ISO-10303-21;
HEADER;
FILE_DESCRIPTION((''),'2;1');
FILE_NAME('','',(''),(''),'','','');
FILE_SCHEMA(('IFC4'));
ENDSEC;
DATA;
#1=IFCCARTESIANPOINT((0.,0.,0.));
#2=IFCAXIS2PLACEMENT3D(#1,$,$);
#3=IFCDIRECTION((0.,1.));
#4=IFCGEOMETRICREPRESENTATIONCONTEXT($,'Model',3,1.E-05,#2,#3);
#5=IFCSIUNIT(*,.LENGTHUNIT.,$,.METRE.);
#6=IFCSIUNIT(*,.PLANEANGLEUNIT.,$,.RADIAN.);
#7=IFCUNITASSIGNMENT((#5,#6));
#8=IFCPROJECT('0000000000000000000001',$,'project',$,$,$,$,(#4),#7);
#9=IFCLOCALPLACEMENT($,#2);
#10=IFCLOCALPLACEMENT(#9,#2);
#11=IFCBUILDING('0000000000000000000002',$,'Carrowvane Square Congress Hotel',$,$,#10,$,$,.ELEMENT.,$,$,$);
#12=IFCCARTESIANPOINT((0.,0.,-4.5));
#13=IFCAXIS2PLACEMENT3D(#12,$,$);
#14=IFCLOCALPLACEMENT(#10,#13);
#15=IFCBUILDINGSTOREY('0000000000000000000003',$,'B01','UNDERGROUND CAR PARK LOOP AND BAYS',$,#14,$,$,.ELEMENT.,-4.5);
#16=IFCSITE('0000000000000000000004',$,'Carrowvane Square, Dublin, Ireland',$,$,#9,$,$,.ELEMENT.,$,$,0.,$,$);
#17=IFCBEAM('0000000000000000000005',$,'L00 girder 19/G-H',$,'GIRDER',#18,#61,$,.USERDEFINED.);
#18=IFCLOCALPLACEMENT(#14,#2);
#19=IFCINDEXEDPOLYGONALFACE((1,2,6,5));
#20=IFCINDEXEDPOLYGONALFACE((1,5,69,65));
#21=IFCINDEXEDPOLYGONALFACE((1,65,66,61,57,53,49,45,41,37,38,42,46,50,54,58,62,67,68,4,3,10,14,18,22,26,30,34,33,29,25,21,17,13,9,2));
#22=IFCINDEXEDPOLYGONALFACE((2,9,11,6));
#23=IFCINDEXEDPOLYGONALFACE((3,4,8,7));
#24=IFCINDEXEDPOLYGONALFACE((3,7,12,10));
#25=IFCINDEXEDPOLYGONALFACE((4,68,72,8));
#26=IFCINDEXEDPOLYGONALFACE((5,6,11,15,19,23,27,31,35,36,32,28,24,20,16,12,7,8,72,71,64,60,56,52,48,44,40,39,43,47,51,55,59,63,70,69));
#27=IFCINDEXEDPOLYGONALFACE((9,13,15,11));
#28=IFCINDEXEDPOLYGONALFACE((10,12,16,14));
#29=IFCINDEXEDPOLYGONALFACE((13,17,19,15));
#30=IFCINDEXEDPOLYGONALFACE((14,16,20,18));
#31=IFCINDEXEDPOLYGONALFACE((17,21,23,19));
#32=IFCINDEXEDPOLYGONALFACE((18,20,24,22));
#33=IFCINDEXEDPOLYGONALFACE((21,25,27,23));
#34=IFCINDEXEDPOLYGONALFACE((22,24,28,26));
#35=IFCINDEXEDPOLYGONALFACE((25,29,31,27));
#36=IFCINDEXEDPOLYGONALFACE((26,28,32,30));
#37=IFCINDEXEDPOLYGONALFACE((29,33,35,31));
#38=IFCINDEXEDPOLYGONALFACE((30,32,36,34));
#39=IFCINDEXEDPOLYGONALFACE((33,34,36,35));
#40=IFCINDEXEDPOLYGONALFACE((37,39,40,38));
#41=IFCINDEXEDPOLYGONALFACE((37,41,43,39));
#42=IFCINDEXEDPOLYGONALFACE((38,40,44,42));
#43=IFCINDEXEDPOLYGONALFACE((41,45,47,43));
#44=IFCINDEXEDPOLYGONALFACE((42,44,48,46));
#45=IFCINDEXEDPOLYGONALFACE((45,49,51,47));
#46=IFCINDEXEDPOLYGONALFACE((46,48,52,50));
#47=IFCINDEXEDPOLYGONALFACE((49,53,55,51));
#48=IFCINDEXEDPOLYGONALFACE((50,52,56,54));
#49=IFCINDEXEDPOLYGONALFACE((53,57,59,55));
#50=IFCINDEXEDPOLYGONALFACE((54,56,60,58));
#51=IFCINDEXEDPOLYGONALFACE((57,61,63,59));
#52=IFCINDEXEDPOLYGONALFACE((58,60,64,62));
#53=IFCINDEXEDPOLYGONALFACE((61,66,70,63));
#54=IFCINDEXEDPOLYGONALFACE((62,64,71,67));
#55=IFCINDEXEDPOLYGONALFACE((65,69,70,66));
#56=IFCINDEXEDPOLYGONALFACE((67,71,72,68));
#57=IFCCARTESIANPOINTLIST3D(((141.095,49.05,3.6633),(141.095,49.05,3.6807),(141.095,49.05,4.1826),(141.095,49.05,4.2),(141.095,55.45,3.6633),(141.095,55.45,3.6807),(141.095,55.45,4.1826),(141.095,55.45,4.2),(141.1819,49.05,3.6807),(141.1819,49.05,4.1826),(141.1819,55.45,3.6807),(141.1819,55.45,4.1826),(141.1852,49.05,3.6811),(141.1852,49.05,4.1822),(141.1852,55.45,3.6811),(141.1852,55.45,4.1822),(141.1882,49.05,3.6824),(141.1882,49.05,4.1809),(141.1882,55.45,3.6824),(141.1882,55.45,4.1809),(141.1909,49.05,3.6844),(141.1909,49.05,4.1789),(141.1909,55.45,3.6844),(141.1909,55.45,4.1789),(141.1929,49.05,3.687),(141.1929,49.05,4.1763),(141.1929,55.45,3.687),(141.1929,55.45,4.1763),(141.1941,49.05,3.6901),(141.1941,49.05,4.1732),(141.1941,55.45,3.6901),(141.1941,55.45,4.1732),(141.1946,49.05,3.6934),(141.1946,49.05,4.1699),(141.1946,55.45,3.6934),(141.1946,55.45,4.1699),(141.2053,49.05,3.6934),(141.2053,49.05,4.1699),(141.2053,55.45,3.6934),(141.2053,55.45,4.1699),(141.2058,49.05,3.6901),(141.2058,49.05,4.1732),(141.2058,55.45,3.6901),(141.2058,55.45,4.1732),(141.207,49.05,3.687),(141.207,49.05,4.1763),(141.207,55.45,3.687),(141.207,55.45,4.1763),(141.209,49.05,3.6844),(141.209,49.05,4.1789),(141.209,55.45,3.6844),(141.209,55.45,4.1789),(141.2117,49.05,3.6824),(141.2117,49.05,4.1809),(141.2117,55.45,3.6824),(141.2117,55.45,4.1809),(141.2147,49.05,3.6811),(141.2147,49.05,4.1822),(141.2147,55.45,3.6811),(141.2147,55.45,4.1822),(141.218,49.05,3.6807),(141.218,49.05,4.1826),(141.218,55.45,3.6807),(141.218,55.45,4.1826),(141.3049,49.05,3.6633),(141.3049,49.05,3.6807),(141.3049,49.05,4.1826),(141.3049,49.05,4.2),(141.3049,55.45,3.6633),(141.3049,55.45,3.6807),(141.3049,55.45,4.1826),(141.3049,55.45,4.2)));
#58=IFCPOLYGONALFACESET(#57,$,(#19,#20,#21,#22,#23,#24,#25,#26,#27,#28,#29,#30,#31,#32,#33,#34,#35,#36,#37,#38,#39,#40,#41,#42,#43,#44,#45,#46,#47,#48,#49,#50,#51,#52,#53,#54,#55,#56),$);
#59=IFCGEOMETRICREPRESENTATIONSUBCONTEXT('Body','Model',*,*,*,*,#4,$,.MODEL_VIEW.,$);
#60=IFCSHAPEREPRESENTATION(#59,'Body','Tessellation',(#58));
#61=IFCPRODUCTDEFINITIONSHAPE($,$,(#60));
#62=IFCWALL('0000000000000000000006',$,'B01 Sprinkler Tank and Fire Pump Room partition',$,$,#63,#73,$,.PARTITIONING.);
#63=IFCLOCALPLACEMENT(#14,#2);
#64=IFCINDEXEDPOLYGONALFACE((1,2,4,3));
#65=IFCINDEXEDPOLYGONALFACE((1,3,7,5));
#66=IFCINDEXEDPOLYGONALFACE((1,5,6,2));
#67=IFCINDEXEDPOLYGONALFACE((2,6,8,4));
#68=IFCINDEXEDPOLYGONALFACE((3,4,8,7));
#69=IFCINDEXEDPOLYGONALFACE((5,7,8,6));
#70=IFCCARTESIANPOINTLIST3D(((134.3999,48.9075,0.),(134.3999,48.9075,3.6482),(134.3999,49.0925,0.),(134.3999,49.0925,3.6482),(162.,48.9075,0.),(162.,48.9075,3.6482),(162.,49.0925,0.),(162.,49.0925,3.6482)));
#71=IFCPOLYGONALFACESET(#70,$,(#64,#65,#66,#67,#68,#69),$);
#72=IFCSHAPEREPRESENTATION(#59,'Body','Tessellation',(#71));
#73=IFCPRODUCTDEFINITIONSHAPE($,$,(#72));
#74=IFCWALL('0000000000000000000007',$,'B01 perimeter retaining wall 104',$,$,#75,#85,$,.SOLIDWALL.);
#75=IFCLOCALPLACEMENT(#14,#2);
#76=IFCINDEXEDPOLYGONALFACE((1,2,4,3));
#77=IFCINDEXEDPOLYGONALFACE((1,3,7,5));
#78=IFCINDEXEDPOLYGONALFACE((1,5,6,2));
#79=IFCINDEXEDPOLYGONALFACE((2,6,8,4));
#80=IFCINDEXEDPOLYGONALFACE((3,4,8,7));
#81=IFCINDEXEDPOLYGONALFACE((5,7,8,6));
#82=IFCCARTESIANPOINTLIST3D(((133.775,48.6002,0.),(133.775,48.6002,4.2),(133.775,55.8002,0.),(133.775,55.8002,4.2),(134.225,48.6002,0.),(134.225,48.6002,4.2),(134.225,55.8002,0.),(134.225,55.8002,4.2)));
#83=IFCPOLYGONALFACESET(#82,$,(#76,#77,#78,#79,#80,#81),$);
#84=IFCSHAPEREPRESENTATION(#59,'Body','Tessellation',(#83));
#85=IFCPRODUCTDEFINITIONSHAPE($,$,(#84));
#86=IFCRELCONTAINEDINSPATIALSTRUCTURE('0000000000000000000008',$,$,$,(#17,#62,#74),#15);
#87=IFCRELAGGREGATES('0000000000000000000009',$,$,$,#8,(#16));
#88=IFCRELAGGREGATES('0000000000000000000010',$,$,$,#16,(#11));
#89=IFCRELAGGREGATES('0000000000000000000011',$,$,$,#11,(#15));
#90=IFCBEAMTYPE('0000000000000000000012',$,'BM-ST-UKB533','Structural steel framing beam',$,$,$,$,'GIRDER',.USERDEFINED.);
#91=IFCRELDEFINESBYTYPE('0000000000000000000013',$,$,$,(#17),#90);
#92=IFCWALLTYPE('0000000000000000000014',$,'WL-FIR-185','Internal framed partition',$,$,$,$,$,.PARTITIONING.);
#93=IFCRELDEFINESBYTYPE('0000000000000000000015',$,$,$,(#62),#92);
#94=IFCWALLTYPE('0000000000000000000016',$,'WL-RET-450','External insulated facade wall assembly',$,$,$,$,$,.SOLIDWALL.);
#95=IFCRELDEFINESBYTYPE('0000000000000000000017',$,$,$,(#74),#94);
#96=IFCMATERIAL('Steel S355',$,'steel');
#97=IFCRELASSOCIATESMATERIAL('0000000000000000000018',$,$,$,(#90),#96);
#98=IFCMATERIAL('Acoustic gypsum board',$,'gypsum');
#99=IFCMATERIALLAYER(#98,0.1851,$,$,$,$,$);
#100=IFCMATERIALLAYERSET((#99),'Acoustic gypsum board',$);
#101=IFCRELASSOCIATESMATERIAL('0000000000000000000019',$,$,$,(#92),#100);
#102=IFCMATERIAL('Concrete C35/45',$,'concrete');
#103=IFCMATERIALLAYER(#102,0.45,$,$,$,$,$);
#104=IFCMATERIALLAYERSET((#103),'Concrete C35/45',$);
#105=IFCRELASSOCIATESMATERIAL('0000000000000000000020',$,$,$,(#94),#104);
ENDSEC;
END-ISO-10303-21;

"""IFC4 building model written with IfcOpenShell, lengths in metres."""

from ifc_helpers import new_model, si_unit, direction, frame, frame_2d, origin, origin_2d, place, context, subcontext, project, spatial, rectangle, i_section, extrude, material, layer, layer_set, material_profile, profile_set, type_object, element, save


model = new_model("IFC4")

# Units and contexts
model_context = context("Model", 3, precision=1e-05, world=origin(), true_north=direction((0.0, 1.0)))
body_context = subcontext(model_context, "Body", "Model", "MODEL_VIEW")
ifc_project = project(units=[si_unit("LENGTHUNIT", "METRE"), si_unit("PLANEANGLEUNIT", "RADIAN")], contexts=[model_context])

# Site, building, storey
site_placement = place(None, origin())
site = spatial("IfcSite", under=ifc_project, at=site_placement, Name="Carrowvane Square, Dublin, Ireland", CompositionType="ELEMENT", RefElevation=0.0)
building_placement = place(site_placement, origin())
building = spatial("IfcBuilding", under=site, at=building_placement, Name="Carrowvane Square Congress Hotel", CompositionType="ELEMENT")
storey_placement = place(building_placement, frame((0.0, 0.0, -4.5)))
storey = spatial("IfcBuildingStorey", under=building, at=storey_placement, Name="B01", Description="UNDERGROUND CAR PARK LOOP AND BAYS", CompositionType="ELEMENT", Elevation=-4.5)

# Beam
ifc_material_1 = material(Name="Steel S355", Category="steel")
ifc_material_profile_1 = material_profile(ifc_material_1, i_section(OverallWidth=0.21, OverallDepth=0.5366, WebThickness=0.0107, FlangeThickness=0.0173, FilletRadius=0.0127, at=origin_2d()), Name="UKB 533x210x101")
ifc_profile_set_1 = profile_set([ifc_material_profile_1], Name="Steel S355")
beam_type_1 = type_object("IfcBeamType", Name="BM-ST-UKB533", Description="Structural steel framing beam", ElementType="GIRDER", PredefinedType="USERDEFINED", material=ifc_profile_set_1)
for number, where, z_axis, x_axis, name in (
    (1, (141.2, 49.05, 3.9316), (0.0, 1.0, 0.0), (-1.0, 0.0, 0.0), "L00 girder 19/G-H"),
):
    element("IfcBeam", number, at=place(storey_placement, frame(where, z_axis=z_axis, x_axis=x_axis)), inside=storey, type_object=beam_type_1, Name=name, ObjectType="GIRDER", PredefinedType="USERDEFINED", context=body_context, shape_type="SweptSolid", body=[
        extrude(i_section(OverallWidth=0.21, OverallDepth=0.5366, WebThickness=0.0107, FlangeThickness=0.0173, FilletRadius=0.0127, at=origin_2d()), origin(), (0.0, 0.0, 1.0), 6.3999),
    ])

# Walls
ifc_material_2 = material(Name="Acoustic gypsum board", Category="gypsum")
ifc_layer_1 = layer(ifc_material_2, 0.1851)
ifc_layer_set_1 = layer_set([ifc_layer_1], Name="Acoustic gypsum board")
wall_type_1 = type_object("IfcWallType", Name="WL-FIR-185", Description="Internal framed partition", PredefinedType="PARTITIONING", material=ifc_layer_set_1)
wall_1_placement = place(storey_placement, frame((134.3999, 49.0, 0.0), z_axis=(0.0, 0.0, 1.0), x_axis=(1.0, 0.0, 0.0)))
element("IfcWall", 2, at=wall_1_placement, inside=storey, type_object=wall_type_1, Name="B01 Sprinkler Tank and Fire Pump Room partition", PredefinedType="PARTITIONING", context=body_context, shape_type="SweptSolid", body=[
    extrude(rectangle(XDim=27.6001, YDim=0.1851, at=frame_2d((13.8, 0.0))), origin(), (0.0, 0.0, 1.0), 3.6482),
])
ifc_material_3 = material(Name="Concrete C35/45", Category="concrete")
ifc_layer_2 = layer(ifc_material_3, 0.45)
ifc_layer_set_2 = layer_set([ifc_layer_2], Name="Concrete C35/45")
wall_type_2 = type_object("IfcWallType", Name="WL-RET-450", Description="External insulated facade wall assembly", PredefinedType="SOLIDWALL", material=ifc_layer_set_2)
wall_2_placement = place(storey_placement, frame((134.0, 48.6001, 0.0), z_axis=(0.0, 0.0, 1.0), x_axis=(0.0, 1.0, 0.0)))
element("IfcWall", 3, at=wall_2_placement, inside=storey, type_object=wall_type_2, Name="B01 perimeter retaining wall 104", PredefinedType="SOLIDWALL", context=body_context, shape_type="SweptSolid", body=[
    extrude(rectangle(XDim=7.2, YDim=0.45, at=frame_2d((3.6001, 0.0))), origin(), (0.0, 0.0, 1.0), 4.2),
])

save(model, "model.ifc")
